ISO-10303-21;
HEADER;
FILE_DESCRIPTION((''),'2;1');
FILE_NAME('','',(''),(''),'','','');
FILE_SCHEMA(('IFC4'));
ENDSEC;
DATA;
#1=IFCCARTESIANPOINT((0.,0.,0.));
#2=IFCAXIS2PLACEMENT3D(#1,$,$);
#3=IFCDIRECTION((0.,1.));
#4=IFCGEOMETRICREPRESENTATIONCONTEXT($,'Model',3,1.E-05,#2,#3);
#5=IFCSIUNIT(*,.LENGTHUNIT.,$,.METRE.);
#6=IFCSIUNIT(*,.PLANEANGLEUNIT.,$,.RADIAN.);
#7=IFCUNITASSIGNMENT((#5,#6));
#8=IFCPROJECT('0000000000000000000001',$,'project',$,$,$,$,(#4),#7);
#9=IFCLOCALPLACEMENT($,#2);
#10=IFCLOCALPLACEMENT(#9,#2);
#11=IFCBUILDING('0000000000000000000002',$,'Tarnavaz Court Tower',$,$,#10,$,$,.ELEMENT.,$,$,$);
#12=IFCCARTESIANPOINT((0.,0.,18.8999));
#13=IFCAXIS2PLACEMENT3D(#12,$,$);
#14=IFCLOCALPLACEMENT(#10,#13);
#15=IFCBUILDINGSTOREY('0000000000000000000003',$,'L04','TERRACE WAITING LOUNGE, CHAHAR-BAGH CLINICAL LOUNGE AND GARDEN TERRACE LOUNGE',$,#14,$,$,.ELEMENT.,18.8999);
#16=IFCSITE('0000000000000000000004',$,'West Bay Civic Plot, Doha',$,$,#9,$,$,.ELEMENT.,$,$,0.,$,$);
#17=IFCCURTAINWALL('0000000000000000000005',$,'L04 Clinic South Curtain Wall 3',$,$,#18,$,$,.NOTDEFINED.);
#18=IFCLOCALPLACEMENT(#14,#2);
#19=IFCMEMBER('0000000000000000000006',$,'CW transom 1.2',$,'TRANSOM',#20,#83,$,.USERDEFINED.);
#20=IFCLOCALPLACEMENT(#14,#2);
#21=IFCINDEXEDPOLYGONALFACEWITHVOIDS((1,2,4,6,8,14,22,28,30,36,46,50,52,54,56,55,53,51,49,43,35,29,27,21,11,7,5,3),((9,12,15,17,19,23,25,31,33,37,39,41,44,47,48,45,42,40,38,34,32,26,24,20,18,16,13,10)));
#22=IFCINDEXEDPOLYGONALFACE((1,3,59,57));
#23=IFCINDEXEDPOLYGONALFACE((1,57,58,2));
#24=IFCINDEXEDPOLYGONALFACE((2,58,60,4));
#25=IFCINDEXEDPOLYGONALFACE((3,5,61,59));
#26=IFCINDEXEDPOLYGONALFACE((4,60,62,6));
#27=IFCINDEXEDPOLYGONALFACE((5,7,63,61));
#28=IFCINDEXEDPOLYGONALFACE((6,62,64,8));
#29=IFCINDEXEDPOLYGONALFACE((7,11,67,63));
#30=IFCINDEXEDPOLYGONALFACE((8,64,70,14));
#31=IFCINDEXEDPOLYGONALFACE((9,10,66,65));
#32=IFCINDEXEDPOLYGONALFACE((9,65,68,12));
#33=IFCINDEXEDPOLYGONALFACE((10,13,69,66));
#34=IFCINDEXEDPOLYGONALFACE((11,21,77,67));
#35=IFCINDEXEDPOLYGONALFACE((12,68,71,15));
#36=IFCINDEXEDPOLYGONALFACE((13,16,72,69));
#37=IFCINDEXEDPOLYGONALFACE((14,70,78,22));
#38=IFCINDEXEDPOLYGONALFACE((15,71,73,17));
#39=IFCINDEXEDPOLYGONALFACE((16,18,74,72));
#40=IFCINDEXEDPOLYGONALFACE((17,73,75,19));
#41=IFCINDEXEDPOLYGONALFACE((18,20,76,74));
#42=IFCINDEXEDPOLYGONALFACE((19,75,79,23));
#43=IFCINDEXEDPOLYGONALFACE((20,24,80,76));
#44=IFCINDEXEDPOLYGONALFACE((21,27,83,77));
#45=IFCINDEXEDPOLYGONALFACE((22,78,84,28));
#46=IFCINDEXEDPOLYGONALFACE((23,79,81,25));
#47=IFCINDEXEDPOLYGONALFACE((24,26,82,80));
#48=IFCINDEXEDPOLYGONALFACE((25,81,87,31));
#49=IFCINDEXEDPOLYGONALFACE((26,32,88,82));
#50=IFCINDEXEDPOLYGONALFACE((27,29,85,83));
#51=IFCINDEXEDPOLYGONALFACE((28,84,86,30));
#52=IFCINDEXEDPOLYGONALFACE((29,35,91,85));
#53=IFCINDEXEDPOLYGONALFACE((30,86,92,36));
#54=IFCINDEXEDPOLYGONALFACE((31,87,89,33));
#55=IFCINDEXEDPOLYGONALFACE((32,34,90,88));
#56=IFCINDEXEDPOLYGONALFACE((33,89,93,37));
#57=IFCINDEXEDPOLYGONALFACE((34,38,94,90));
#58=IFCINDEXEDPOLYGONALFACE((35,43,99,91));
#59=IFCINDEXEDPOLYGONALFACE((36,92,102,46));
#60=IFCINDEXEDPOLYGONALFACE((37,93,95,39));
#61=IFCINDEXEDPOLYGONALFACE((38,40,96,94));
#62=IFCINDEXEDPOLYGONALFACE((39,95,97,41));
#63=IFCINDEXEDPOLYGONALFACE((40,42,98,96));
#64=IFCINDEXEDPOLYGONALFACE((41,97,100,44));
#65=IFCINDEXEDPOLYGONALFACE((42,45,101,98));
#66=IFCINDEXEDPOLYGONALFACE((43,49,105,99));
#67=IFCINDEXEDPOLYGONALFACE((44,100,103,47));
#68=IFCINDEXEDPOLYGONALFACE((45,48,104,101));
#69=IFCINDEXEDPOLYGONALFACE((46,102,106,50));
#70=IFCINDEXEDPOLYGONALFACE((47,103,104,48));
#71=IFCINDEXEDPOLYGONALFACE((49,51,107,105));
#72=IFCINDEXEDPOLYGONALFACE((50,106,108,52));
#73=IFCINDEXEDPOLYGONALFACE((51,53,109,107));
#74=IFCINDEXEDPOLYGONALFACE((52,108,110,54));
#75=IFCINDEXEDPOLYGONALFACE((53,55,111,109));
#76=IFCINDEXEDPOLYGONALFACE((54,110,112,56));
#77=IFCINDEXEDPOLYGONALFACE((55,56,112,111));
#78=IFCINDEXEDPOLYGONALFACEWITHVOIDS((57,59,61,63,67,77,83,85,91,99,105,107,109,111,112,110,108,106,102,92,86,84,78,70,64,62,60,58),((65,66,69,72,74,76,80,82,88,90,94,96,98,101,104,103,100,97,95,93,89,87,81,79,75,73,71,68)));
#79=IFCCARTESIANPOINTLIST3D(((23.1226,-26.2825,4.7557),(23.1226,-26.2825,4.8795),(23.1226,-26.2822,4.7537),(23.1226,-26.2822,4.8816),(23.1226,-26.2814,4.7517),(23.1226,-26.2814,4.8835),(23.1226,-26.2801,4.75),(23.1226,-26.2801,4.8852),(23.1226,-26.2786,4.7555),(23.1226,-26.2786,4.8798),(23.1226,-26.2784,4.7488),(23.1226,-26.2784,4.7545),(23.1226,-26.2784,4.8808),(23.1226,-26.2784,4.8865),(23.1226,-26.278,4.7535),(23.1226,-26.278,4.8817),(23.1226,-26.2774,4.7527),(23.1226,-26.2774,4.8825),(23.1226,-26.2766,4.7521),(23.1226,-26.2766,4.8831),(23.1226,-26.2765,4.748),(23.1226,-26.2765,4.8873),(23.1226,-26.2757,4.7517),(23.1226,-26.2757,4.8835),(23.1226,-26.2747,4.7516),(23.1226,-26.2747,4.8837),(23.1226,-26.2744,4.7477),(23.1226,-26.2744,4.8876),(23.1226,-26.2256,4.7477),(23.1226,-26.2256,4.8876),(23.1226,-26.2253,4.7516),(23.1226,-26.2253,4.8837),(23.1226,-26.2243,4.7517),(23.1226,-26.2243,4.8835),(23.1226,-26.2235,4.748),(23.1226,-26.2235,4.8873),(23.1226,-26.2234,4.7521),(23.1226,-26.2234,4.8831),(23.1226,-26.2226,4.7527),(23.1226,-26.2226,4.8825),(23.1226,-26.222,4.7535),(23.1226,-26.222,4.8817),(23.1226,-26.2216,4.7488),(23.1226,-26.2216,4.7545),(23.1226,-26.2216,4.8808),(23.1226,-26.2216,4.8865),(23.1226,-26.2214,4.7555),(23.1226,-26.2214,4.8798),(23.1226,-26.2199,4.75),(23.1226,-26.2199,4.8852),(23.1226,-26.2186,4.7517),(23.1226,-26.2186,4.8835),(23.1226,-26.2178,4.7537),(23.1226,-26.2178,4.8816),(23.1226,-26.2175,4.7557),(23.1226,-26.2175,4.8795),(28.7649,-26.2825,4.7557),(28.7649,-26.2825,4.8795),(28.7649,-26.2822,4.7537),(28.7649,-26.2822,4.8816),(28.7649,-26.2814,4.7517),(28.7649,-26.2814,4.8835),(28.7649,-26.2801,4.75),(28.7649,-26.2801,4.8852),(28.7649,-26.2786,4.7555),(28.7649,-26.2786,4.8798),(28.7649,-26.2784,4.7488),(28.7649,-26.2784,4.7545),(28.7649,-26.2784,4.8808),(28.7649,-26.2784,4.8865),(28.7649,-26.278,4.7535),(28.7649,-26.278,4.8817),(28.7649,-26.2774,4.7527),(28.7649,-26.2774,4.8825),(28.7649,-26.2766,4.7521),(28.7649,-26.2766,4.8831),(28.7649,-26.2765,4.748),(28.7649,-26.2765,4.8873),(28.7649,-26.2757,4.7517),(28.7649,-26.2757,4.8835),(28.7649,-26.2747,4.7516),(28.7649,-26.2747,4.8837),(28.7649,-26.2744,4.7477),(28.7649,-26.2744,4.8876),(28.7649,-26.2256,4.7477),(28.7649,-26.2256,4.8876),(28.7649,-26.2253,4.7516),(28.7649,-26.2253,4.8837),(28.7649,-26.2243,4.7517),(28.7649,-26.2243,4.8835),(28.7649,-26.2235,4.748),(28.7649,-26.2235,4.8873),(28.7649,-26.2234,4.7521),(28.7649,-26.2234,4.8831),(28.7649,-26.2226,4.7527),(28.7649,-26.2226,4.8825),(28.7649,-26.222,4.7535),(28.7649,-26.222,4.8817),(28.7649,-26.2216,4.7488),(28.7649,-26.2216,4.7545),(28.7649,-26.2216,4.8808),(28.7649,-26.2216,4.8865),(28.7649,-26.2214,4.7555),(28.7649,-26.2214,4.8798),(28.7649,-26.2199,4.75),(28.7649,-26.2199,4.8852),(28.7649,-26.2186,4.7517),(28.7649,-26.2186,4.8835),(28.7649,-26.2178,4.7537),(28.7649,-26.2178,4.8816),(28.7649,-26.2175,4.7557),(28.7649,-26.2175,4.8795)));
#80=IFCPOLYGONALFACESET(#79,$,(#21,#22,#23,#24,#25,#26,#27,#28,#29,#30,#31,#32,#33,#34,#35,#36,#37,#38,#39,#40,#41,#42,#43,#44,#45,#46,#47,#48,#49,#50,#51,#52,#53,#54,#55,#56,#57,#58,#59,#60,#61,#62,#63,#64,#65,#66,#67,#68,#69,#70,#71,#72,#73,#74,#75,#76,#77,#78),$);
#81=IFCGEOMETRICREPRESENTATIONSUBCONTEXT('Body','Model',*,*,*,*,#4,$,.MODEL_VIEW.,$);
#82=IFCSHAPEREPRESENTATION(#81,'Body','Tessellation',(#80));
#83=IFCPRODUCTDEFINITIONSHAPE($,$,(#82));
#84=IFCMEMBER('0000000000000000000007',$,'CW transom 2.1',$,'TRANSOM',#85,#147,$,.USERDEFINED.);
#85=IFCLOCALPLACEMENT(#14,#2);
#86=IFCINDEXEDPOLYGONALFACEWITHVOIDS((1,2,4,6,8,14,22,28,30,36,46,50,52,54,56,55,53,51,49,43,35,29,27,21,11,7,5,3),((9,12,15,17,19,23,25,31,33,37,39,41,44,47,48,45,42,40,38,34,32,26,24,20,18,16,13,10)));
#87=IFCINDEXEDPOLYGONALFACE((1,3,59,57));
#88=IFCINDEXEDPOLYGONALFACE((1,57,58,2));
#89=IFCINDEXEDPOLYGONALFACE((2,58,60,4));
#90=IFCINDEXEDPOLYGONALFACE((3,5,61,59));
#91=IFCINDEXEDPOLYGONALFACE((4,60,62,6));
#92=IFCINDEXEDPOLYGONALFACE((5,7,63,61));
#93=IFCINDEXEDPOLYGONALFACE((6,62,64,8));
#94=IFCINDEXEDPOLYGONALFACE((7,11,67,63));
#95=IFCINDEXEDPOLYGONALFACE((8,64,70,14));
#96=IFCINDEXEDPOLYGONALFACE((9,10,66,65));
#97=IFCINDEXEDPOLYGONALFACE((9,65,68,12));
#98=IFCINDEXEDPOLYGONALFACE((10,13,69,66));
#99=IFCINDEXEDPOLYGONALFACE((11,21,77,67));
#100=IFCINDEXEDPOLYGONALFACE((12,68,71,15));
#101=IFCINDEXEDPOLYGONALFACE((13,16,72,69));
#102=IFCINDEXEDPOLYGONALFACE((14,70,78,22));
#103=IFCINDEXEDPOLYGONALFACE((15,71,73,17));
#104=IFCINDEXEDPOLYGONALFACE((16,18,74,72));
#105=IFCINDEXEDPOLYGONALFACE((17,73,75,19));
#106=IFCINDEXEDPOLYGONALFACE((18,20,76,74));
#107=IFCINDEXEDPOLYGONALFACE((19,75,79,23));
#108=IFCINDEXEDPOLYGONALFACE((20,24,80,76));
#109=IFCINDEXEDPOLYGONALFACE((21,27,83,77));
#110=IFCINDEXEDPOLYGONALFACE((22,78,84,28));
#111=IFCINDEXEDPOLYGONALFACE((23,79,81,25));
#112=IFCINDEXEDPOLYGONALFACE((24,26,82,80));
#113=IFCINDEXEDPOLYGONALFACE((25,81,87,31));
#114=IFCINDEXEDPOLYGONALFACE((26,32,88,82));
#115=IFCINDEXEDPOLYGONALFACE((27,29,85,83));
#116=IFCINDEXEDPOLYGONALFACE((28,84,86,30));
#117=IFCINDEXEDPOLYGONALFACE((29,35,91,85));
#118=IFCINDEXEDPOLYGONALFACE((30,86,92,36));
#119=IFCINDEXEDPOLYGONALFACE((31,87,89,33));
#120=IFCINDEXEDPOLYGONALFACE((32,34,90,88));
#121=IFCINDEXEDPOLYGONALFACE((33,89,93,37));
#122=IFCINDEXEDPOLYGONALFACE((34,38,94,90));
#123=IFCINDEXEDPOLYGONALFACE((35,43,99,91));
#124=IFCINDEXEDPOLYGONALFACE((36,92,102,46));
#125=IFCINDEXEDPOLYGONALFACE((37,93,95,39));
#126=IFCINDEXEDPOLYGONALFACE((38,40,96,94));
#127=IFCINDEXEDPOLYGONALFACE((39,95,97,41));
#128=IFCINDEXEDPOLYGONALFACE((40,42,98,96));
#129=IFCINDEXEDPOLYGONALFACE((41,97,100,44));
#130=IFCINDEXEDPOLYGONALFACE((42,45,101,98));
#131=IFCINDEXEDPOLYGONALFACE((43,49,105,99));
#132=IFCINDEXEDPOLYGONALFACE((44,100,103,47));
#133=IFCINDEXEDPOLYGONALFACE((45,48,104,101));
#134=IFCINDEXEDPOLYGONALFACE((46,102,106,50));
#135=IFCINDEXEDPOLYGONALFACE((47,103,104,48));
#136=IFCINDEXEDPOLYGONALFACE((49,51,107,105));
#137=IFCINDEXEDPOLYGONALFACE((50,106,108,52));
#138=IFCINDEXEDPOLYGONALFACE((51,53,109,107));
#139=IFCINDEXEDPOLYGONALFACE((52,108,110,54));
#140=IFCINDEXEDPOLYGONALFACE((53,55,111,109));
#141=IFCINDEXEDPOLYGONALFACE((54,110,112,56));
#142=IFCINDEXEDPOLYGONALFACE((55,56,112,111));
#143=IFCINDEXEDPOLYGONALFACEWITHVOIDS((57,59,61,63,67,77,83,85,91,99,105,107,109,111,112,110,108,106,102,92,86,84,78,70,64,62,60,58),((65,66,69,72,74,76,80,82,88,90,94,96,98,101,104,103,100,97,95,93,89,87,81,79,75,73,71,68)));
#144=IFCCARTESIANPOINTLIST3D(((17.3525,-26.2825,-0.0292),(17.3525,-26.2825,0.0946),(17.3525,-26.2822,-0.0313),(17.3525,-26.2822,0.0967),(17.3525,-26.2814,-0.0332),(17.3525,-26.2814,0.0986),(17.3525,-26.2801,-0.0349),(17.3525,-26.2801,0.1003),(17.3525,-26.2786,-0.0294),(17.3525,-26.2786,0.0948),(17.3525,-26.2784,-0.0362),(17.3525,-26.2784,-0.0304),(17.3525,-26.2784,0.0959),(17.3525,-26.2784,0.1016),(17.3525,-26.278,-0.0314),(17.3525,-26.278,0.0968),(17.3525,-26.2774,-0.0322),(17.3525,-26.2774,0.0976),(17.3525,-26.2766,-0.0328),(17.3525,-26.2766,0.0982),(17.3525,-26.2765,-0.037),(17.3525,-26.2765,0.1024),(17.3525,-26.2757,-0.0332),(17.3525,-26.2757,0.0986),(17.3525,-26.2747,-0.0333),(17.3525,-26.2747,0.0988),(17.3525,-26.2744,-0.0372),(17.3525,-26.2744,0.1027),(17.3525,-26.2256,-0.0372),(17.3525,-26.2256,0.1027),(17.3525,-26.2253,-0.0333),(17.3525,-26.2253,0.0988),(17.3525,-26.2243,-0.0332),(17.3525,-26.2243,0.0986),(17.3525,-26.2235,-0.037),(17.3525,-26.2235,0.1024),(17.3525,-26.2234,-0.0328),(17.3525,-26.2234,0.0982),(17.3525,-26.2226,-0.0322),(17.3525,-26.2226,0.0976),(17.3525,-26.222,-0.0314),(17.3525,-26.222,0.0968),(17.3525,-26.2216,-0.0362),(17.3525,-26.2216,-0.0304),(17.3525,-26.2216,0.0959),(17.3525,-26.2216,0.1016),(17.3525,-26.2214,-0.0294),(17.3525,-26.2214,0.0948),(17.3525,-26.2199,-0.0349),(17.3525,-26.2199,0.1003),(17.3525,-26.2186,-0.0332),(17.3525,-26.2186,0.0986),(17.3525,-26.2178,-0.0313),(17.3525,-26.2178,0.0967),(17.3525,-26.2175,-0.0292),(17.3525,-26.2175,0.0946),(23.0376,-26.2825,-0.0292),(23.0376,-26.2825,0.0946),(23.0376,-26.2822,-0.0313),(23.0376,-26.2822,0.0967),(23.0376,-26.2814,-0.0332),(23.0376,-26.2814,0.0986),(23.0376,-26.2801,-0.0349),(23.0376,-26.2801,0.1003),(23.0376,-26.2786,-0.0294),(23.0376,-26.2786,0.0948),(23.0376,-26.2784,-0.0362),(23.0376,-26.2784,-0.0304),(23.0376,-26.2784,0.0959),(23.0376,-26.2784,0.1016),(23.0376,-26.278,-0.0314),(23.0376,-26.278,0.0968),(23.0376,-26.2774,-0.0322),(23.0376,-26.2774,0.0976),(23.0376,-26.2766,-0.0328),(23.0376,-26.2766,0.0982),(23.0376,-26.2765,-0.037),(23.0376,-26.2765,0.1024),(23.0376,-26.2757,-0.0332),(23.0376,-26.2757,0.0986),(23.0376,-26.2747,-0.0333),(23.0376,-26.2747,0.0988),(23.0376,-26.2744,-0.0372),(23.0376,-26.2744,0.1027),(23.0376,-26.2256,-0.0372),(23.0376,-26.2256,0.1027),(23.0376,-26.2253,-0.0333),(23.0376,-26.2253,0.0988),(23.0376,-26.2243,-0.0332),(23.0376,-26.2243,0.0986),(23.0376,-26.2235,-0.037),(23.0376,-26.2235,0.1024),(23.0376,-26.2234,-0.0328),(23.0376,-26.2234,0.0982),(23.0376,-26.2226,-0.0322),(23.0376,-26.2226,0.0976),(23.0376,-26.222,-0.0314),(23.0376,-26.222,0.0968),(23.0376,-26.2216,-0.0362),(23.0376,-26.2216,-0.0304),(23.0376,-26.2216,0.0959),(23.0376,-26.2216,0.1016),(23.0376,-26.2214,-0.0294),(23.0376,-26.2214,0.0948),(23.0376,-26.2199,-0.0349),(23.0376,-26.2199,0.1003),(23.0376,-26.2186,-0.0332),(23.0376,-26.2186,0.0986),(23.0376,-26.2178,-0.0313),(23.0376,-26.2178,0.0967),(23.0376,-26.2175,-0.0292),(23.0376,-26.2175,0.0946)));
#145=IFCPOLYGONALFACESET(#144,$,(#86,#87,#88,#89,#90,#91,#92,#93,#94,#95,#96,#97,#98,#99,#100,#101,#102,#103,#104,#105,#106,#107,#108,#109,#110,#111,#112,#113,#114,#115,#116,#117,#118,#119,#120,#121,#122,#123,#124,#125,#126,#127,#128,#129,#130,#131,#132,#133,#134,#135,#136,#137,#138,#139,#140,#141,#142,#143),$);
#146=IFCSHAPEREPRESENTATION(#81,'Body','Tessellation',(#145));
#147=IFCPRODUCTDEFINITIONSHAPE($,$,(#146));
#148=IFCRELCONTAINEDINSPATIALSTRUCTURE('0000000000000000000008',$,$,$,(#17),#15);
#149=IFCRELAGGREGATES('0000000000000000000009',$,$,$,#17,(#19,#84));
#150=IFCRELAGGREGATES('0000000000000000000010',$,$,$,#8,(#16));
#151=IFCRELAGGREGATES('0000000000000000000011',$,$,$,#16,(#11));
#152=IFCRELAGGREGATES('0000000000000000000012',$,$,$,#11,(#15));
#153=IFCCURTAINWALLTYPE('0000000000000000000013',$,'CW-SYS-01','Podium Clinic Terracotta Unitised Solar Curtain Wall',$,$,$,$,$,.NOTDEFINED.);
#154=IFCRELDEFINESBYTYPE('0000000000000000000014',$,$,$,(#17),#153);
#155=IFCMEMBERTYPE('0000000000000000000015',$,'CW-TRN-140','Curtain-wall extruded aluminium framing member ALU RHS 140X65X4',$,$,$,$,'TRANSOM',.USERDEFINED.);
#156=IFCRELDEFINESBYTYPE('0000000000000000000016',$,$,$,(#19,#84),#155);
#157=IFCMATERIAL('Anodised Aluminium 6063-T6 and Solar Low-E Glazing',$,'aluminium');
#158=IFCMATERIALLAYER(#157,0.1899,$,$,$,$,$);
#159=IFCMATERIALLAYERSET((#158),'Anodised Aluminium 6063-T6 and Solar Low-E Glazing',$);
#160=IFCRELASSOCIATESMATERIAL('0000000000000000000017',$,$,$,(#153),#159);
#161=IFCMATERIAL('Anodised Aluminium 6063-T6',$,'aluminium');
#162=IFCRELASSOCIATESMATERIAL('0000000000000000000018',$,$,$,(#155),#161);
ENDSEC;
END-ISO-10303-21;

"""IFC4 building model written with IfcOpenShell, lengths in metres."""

from ifc_helpers import new_model, si_unit, direction, frame, origin, origin_2d, place, context, subcontext, project, spatial, hollow_rectangle, extrude, material, layer, layer_set, material_profile, profile_set, type_object, element, aggregate, save


model = new_model("IFC4")

# Units and contexts
model_context = context("Model", 3, precision=1e-05, world=origin(), true_north=direction((0.0, 1.0)))
body_context = subcontext(model_context, "Body", "Model", "MODEL_VIEW")
ifc_project = project(units=[si_unit("LENGTHUNIT", "METRE"), si_unit("PLANEANGLEUNIT", "RADIAN")], contexts=[model_context])

# Site, building, storey
site_placement = place(None, origin())
site = spatial("IfcSite", under=ifc_project, at=site_placement, Name="West Bay Civic Plot, Doha", CompositionType="ELEMENT", RefElevation=0.0)
building_placement = place(site_placement, origin())
building = spatial("IfcBuilding", under=site, at=building_placement, Name="Tarnavaz Court Tower", CompositionType="ELEMENT")
storey_placement = place(building_placement, frame((0.0, 0.0, 18.8999)))
storey = spatial("IfcBuildingStorey", under=building, at=storey_placement, Name="L04", Description="TERRACE WAITING LOUNGE, CHAHAR-BAGH CLINICAL LOUNGE AND GARDEN TERRACE LOUNGE", CompositionType="ELEMENT", Elevation=18.8999)

# Curtain wall, members
ifc_material_1 = material(Name="Anodised Aluminium 6063-T6 and Solar Low-E Glazing", Category="aluminium")
ifc_layer_1 = layer(ifc_material_1, 0.1899)
ifc_layer_set_1 = layer_set([ifc_layer_1], Name="Anodised Aluminium 6063-T6 and Solar Low-E Glazing")
curtain_wall_type = type_object("IfcCurtainWallType", Name="CW-SYS-01", Description="Podium Clinic Terracotta Unitised Solar Curtain Wall", PredefinedType="NOTDEFINED", material=ifc_layer_set_1)
curtain_wall_placement = place(storey_placement, origin())
curtain_wall = element("IfcCurtainWall", 1, at=curtain_wall_placement, inside=storey, type_object=curtain_wall_type, Name="L04 Clinic South Curtain Wall 3", PredefinedType="NOTDEFINED")
ifc_material_2 = material(Name="Anodised Aluminium 6063-T6", Category="aluminium")
ifc_material_profile_1 = material_profile(ifc_material_2, hollow_rectangle(XDim=0.0649, YDim=0.1399, WallThickness=0.0039, InnerFilletRadius=0.0039, OuterFilletRadius=0.0081, at=origin_2d()), Name="ALU RHS 140X65X4")
ifc_profile_set_1 = profile_set([ifc_material_profile_1], Name="Anodised Aluminium 6063-T6")
member_type_1 = type_object("IfcMemberType", Name="CW-TRN-140", Description="Curtain-wall extruded aluminium framing member ALU RHS 140X65X4", ElementType="TRANSOM", PredefinedType="USERDEFINED", material=ifc_profile_set_1)
member_1_placement = place(storey_placement, frame((28.7649, -26.25, 4.8176), z_axis=(-1.0, 0.0, 0.0), x_axis=(0.0, -1.0, 0.0)))
member_1 = element("IfcMember", 2, at=member_1_placement, type_object=member_type_1, Name="CW transom 1.2", ObjectType="TRANSOM", PredefinedType="USERDEFINED", context=body_context, shape_type="SweptSolid", body=[
    extrude(hollow_rectangle(XDim=0.0649, YDim=0.1399, WallThickness=0.0039, InnerFilletRadius=0.0039, OuterFilletRadius=0.0081, at=origin_2d()), origin(), (0.0, 0.0, 1.0), 5.6423),
])
member_2_placement = place(storey_placement, frame((23.0376, -26.25, 0.0327), z_axis=(-1.0, 0.0, 0.0), x_axis=(0.0, -1.0, 0.0)))
member_2 = element("IfcMember", 3, at=member_2_placement, type_object=member_type_1, Name="CW transom 2.1", ObjectType="TRANSOM", PredefinedType="USERDEFINED", context=body_context, shape_type="SweptSolid", body=[
    extrude(hollow_rectangle(XDim=0.0649, YDim=0.1399, WallThickness=0.0039, InnerFilletRadius=0.0039, OuterFilletRadius=0.0081, at=origin_2d()), origin(), (0.0, 0.0, 1.0), 5.6851),
])
aggregate(curtain_wall, [member_1, member_2])

save(model, "model.ifc")
